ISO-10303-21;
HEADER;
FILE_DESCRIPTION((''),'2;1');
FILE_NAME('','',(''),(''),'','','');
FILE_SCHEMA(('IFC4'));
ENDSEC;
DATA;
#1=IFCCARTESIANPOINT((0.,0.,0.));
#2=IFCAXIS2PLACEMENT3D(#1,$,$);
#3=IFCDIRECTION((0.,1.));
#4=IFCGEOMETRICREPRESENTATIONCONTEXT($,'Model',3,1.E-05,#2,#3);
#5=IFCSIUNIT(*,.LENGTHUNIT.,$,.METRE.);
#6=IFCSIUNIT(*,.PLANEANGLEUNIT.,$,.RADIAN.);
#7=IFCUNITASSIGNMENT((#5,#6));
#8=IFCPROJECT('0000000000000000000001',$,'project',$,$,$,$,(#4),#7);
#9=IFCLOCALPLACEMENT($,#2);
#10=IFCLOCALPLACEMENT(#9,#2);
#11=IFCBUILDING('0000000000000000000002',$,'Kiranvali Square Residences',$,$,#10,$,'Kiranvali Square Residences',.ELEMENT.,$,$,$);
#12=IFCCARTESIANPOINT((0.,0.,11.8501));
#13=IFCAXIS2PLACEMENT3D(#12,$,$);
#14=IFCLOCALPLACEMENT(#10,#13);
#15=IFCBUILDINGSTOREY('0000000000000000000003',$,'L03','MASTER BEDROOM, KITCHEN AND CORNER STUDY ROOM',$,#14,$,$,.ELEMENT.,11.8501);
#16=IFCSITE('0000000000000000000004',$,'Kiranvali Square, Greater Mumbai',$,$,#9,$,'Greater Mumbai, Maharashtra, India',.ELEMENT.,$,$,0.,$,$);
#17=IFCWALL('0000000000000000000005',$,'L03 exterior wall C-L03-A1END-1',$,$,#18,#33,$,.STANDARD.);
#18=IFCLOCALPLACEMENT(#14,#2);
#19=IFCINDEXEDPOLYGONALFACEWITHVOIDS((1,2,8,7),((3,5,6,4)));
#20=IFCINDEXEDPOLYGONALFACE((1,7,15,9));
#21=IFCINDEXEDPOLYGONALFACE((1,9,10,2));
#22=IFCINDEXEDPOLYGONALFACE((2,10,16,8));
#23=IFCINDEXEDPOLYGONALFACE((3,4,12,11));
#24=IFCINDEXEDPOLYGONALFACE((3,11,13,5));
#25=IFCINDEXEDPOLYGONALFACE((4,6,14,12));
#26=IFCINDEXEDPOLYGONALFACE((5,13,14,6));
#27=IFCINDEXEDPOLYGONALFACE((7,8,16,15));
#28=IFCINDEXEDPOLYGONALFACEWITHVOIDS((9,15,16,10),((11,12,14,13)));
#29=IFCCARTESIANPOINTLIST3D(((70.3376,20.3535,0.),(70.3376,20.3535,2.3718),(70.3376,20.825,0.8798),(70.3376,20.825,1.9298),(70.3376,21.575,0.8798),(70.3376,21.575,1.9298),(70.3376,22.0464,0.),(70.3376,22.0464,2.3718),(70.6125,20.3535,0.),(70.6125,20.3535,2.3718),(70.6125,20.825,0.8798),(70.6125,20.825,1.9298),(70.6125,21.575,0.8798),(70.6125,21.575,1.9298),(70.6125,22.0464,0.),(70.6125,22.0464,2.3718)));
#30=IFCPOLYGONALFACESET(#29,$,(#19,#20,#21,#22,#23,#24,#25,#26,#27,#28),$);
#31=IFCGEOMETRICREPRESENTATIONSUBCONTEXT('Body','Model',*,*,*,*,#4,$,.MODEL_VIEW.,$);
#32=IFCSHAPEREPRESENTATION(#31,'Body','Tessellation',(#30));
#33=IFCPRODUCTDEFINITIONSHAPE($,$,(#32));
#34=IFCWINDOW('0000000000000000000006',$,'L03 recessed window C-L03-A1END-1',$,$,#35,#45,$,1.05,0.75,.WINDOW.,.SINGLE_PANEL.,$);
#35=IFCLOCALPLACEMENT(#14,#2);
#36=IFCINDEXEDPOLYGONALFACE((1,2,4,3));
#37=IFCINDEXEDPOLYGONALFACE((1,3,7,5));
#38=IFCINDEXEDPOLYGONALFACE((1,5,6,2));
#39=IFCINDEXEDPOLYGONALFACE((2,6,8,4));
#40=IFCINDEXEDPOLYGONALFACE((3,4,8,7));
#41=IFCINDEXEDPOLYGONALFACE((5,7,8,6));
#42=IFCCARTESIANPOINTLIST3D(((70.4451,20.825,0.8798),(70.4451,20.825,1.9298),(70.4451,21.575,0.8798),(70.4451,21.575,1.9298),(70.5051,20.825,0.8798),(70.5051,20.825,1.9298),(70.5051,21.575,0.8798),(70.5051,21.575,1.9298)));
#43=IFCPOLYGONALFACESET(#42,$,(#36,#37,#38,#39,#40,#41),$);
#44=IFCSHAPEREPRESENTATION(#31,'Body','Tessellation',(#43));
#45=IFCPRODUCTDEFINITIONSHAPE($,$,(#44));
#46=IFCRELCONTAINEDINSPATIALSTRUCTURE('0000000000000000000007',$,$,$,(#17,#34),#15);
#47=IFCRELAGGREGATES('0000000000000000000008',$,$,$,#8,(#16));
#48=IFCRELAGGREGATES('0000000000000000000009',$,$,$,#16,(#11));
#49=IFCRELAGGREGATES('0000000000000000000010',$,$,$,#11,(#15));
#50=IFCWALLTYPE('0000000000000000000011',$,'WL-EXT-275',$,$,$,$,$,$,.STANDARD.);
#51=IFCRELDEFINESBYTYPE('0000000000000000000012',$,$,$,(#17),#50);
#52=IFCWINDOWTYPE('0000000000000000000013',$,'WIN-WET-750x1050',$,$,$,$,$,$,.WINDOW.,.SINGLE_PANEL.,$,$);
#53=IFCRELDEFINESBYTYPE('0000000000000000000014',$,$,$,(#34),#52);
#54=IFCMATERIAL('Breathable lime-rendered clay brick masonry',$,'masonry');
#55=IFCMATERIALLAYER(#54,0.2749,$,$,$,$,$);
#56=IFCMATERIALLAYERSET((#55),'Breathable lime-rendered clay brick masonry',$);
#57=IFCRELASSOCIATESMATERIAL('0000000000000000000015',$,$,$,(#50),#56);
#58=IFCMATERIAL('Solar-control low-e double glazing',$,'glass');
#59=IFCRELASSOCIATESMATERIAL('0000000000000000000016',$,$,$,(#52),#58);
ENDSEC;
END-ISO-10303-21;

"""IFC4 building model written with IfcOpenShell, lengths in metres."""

from ifc_helpers import new_model, si_unit, direction, frame, frame_2d, origin, place, context, subcontext, project, spatial, rectangle, extrude, material, layer, layer_set, type_object, element, fill, save


model = new_model("IFC4")

# Units and contexts
model_context = context("Model", 3, precision=1e-05, world=origin(), true_north=direction((0.0, 1.0)))
body_context = subcontext(model_context, "Body", "Model", "MODEL_VIEW")
ifc_project = project(units=[si_unit("LENGTHUNIT", "METRE"), si_unit("PLANEANGLEUNIT", "RADIAN")], contexts=[model_context])

# Site, building, storey
site_placement = place(None, origin())
site = spatial("IfcSite", under=ifc_project, at=site_placement, Name="Kiranvali Square, Greater Mumbai", LongName="Greater Mumbai, Maharashtra, India", CompositionType="ELEMENT", RefElevation=0.0)
building_placement = place(site_placement, origin())
building = spatial("IfcBuilding", under=site, at=building_placement, Name="Kiranvali Square Residences", LongName="Kiranvali Square Residences", CompositionType="ELEMENT")
storey_placement = place(building_placement, frame((0.0, 0.0, 11.8501)))
storey = spatial("IfcBuildingStorey", under=building, at=storey_placement, Name="L03", Description="MASTER BEDROOM, KITCHEN AND CORNER STUDY ROOM", CompositionType="ELEMENT", Elevation=11.8501)

# Wall, opening, window
ifc_material_1 = material(Name="Breathable lime-rendered clay brick masonry", Category="masonry")
ifc_layer_1 = layer(ifc_material_1, 0.2749)
ifc_layer_set_1 = layer_set([ifc_layer_1], Name="Breathable lime-rendered clay brick masonry")
wall_type_1 = type_object("IfcWallType", Name="WL-EXT-275", PredefinedType="STANDARD", material=ifc_layer_set_1)
wall_1_placement = place(storey_placement, frame((70.4751, 22.0464, 0.0), z_axis=(0.0, 0.0, 1.0), x_axis=(0.0, -1.0, 0.0)))
wall_1 = element("IfcWall", 1, at=wall_1_placement, inside=storey, type_object=wall_type_1, Name="L03 exterior wall C-L03-A1END-1", PredefinedType="STANDARD", context=body_context, shape_type="SweptSolid", body=[
    extrude(rectangle(XDim=1.6929, YDim=0.2749, at=frame_2d((0.8464, 0.0))), origin(), (0.0, 0.0, 1.0), 2.3718),
])
opening_1_placement = place(wall_1_placement, frame((0.4714, 0.0, 0.8799)))
opening_1 = element("IfcOpeningElement", 2, at=opening_1_placement, cuts=wall_1, PredefinedType="OPENING", context=body_context, shape_type="SweptSolid", body=[
    extrude(rectangle(XDim=0.75, YDim=1.05, at=frame_2d((0.375, 0.5249))), frame((0.0, 0.1475, 0.0), z_axis=(0.0, -1.0, 0.0), x_axis=(1.0, 0.0, 0.0)), (0.0, 0.0, 1.0), 0.2949),
])
ifc_material_2 = material(Name="Solar-control low-e double glazing", Category="glass")
window_type = type_object("IfcWindowType", Name="WIN-WET-750x1050", PartitioningType="SINGLE_PANEL", PredefinedType="WINDOW", material=ifc_material_2)
window_placement = place(opening_1_placement, origin())
window = element("IfcWindow", 3, at=window_placement, inside=storey, type_object=window_type, Name="L03 recessed window C-L03-A1END-1", OverallHeight=1.05, OverallWidth=0.75, PartitioningType="SINGLE_PANEL", PredefinedType="WINDOW", context=body_context, shape_type="SweptSolid", body=[
    extrude(rectangle(XDim=0.75, YDim=1.05, at=frame_2d((0.375, 0.5249))), frame((0.0, 0.03, 0.0), z_axis=(0.0, -1.0, 0.0), x_axis=(1.0, 0.0, 0.0)), (0.0, 0.0, 1.0), 0.0601),
])
fill(opening_1, window)

save(model, "model.ifc")
